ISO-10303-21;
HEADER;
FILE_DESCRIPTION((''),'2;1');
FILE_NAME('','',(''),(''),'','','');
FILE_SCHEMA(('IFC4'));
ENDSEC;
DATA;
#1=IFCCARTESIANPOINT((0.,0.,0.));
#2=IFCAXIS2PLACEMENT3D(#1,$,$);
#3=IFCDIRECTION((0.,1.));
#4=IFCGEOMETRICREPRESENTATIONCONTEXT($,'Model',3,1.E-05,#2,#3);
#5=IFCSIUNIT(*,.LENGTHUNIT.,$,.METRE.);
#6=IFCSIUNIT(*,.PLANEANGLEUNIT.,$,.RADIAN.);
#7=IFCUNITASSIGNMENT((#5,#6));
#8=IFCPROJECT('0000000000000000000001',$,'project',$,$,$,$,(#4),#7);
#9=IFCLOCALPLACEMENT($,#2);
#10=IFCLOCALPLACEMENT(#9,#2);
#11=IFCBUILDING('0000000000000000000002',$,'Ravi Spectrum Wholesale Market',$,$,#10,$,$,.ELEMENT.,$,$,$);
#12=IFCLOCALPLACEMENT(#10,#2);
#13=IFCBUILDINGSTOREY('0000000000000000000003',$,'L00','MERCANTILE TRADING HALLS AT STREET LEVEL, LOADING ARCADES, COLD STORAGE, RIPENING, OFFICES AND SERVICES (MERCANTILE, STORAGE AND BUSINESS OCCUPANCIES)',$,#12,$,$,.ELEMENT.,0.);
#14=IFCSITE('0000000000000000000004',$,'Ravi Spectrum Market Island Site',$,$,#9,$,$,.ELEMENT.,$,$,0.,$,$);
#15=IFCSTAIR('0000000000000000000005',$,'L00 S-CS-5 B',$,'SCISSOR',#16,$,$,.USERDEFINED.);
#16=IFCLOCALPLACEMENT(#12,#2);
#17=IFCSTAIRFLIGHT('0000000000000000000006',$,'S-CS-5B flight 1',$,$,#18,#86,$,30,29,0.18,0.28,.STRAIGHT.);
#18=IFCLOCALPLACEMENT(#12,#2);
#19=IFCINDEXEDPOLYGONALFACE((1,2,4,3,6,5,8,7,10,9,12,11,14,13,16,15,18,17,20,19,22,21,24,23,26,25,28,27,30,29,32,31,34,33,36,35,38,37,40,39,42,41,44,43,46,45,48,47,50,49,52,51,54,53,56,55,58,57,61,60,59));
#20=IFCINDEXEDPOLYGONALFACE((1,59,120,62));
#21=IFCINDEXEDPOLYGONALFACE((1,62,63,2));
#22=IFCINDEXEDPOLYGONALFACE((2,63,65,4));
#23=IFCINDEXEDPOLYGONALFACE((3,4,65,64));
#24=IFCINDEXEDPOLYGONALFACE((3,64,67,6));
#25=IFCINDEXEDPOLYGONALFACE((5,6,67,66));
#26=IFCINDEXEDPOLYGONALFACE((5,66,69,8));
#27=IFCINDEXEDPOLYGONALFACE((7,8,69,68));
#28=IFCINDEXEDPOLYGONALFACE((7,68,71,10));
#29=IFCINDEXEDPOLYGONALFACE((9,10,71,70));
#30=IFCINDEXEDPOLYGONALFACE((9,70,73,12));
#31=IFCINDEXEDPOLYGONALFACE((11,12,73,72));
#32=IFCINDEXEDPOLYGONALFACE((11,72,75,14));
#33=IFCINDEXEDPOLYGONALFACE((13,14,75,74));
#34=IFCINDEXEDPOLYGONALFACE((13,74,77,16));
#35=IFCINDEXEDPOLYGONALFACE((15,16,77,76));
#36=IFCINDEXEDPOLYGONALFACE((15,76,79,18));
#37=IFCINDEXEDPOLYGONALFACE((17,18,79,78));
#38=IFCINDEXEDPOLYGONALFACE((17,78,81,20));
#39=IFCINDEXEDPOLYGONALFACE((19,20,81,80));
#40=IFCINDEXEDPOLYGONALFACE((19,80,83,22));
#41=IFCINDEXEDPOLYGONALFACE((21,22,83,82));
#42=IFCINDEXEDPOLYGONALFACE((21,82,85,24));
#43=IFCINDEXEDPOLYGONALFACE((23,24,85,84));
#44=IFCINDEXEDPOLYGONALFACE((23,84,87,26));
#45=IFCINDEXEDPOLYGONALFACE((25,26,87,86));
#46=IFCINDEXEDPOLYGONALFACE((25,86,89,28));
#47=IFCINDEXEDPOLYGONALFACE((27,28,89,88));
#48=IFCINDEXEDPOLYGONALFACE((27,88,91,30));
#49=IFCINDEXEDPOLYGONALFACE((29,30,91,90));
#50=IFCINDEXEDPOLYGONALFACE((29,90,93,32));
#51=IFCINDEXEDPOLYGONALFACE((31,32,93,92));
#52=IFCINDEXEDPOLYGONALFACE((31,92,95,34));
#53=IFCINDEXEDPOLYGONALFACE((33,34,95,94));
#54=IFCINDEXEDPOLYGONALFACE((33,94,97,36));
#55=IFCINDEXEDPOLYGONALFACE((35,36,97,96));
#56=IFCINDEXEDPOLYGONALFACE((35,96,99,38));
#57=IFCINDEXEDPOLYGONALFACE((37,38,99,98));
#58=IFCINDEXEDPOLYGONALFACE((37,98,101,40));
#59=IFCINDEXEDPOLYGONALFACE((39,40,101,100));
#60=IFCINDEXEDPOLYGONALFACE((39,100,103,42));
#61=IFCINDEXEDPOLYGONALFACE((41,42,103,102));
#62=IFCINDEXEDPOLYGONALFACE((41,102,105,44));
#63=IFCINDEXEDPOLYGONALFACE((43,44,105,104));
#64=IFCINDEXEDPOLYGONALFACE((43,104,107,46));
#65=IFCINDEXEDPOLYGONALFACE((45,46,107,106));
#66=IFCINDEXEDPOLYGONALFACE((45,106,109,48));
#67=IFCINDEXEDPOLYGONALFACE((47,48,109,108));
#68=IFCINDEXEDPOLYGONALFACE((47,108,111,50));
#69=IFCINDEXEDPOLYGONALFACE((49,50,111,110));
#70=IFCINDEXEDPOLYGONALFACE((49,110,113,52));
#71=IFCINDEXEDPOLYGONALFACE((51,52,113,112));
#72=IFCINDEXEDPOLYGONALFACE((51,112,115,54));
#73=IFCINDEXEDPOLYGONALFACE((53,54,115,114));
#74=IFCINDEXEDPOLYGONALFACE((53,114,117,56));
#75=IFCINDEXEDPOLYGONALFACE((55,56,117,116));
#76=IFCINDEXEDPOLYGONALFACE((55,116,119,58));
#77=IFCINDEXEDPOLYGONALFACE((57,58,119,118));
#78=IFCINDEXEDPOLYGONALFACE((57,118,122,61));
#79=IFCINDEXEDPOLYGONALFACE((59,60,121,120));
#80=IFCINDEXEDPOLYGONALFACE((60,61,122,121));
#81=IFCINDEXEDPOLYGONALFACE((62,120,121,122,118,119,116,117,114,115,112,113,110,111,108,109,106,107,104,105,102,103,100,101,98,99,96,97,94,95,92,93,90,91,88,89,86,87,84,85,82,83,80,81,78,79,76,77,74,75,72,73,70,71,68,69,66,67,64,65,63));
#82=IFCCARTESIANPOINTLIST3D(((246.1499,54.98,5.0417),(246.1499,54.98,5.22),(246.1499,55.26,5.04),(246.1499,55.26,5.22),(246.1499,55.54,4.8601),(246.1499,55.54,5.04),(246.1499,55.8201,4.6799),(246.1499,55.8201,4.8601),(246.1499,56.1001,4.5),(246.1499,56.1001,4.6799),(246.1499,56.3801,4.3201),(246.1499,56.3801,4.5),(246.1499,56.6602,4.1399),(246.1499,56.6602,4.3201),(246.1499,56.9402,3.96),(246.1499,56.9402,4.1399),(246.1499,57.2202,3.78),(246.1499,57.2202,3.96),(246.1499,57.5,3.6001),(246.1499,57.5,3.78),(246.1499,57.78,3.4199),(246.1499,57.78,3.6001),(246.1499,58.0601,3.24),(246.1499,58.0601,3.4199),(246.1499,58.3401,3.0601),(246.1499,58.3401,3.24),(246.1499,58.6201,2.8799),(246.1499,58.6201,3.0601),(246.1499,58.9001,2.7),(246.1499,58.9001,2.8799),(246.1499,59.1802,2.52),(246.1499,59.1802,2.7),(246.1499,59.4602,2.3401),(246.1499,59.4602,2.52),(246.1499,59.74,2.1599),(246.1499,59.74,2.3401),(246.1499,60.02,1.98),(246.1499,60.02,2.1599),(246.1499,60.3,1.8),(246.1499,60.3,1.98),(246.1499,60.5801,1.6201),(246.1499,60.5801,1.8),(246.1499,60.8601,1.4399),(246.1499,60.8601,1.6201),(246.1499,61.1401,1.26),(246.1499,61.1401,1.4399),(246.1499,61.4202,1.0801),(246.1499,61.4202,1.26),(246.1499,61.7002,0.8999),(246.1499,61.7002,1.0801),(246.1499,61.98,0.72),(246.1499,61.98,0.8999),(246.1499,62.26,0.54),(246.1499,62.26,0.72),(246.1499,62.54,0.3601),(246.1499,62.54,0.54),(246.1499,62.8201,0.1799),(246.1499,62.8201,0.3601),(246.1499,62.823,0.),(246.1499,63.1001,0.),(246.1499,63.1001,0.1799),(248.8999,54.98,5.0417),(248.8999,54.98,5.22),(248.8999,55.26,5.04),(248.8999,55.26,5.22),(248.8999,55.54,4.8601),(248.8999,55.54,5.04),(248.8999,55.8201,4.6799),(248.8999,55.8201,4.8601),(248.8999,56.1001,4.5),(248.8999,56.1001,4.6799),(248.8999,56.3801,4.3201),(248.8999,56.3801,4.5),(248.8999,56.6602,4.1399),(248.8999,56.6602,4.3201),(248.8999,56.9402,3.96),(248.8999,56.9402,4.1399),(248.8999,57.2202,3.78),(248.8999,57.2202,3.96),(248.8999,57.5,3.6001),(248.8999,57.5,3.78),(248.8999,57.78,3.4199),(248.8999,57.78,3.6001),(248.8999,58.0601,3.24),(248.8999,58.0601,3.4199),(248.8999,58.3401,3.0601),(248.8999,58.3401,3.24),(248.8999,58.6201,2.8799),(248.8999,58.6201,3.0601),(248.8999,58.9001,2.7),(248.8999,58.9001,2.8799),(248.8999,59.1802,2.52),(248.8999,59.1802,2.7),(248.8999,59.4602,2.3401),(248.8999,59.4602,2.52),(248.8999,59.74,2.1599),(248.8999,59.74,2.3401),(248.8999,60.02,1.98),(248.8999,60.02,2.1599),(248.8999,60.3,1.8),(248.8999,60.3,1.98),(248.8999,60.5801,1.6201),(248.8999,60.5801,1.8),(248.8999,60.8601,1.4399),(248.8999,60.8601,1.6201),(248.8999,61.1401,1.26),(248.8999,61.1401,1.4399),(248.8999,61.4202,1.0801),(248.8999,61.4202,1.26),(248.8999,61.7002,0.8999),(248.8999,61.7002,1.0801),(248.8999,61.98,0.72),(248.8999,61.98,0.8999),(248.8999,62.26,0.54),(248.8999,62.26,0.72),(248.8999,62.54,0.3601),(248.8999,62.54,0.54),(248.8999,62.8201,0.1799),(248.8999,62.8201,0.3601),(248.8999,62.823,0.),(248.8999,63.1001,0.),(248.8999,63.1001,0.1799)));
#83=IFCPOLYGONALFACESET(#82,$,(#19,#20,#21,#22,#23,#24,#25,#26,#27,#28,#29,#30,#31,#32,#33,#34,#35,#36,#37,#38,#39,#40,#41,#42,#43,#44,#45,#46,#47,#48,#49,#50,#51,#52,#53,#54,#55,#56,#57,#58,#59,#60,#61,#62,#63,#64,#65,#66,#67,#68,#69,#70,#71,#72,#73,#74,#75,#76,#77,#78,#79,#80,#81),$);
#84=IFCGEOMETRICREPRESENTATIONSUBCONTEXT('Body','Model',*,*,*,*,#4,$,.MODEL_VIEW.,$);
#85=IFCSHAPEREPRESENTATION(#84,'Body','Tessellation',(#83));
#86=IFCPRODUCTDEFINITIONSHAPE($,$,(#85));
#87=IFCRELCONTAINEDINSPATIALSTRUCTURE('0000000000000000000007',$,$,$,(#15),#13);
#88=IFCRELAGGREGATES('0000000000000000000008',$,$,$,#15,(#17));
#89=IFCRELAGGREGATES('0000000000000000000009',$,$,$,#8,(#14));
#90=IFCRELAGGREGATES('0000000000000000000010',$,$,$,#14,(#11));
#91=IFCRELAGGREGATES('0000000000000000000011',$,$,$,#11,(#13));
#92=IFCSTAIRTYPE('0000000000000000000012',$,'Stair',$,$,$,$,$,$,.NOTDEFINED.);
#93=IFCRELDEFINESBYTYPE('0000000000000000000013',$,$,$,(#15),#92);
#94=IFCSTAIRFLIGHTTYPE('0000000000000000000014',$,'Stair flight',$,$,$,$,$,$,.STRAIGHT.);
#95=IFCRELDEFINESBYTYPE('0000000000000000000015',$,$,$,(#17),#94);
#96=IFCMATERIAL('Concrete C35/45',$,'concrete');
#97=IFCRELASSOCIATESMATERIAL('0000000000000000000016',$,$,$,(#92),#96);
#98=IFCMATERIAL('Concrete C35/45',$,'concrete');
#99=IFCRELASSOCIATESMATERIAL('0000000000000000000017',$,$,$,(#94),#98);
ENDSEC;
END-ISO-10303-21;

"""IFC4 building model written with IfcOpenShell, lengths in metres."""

from ifc_helpers import new_model, si_unit, direction, frame, origin, place, context, subcontext, project, spatial, polyline, outline, extrude, material, type_object, element, aggregate, save


model = new_model("IFC4")

# Units and contexts
model_context = context("Model", 3, precision=1e-05, world=origin(), true_north=direction((0.0, 1.0)))
body_context = subcontext(model_context, "Body", "Model", "MODEL_VIEW")
ifc_project = project(units=[si_unit("LENGTHUNIT", "METRE"), si_unit("PLANEANGLEUNIT", "RADIAN")], contexts=[model_context])

# Site, building, storey
site_placement = place(None, origin())
site = spatial("IfcSite", under=ifc_project, at=site_placement, Name="Ravi Spectrum Market Island Site", CompositionType="ELEMENT", RefElevation=0.0)
building_placement = place(site_placement, origin())
building = spatial("IfcBuilding", under=site, at=building_placement, Name="Ravi Spectrum Wholesale Market", CompositionType="ELEMENT")
storey_placement = place(building_placement, origin())
storey = spatial("IfcBuildingStorey", under=building, at=storey_placement, Name="L00", Description="MERCANTILE TRADING HALLS AT STREET LEVEL, LOADING ARCADES, COLD STORAGE, RIPENING, OFFICES AND SERVICES (MERCANTILE, STORAGE AND BUSINESS OCCUPANCIES)", CompositionType="ELEMENT", Elevation=0.0)

# Stair, stair flight
ifc_material_1 = material(Name="Concrete C35/45", Category="concrete")
stair_type = type_object("IfcStairType", Name="Stair", PredefinedType="NOTDEFINED", material=ifc_material_1)
ifc_material_2 = material(Name="Concrete C35/45", Category="concrete")
stair_flight_type = type_object("IfcStairFlightType", Name="Stair flight", PredefinedType="STRAIGHT", material=ifc_material_2)
stair_1_placement = place(storey_placement, origin())
stair_1 = element("IfcStair", 1, at=stair_1_placement, inside=storey, type_object=stair_type, Name="L00 S-CS-5 B", ObjectType="SCISSOR", PredefinedType="USERDEFINED")
stair_flight_1_placement = place(storey_placement, frame((247.5249, 63.1001, 0.0), z_axis=(0.0, 0.0, 1.0), x_axis=(0.0, -1.0, 0.0)))
stair_flight_1 = element("IfcStairFlight", 2, at=stair_flight_1_placement, type_object=stair_flight_type, Name="S-CS-5B flight 1", NumberOfRisers=30, NumberOfTreads=29, PredefinedType="STRAIGHT", RiserHeight=0.18, TreadLength=0.28, context=body_context, shape_type="SweptSolid", body=[
    extrude(outline(polyline([(0.0, 0.0), (0.0, 0.1799), (0.28, 0.1799), (0.28, 0.3601), (0.5601, 0.3601), (0.5601, 0.54), (0.8401, 0.54), (0.8401, 0.72), (1.1201, 0.72), (1.1201, 0.8999), (1.3999, 0.8999), (1.3999, 1.0801), (1.6799, 1.0801), (1.6799, 1.26), (1.96, 1.26), (1.96, 1.4399), (2.24, 1.4399), (2.24, 1.6201), (2.52, 1.6201), (2.52, 1.8), (2.8, 1.8), (2.8, 1.98), (3.0801, 1.98), (3.0801, 2.1599), (3.3601, 2.1599), (3.3601, 2.3401), (3.6399, 2.3401), (3.6399, 2.52), (3.9199, 2.52), (3.9199, 2.7), (4.2, 2.7), (4.2, 2.8799), (4.48, 2.8799), (4.48, 3.0601), (4.76, 3.0601), (4.76, 3.24), (5.04, 3.24), (5.04, 3.4199), (5.3201, 3.4199), (5.3201, 3.6001), (5.6001, 3.6001), (5.6001, 3.78), (5.8799, 3.78), (5.8799, 3.96), (6.1599, 3.96), (6.1599, 4.1399), (6.4399, 4.1399), (6.4399, 4.3201), (6.72, 4.3201), (6.72, 4.5), (7.0, 4.5), (7.0, 4.6799), (7.28, 4.6799), (7.28, 4.8601), (7.5601, 4.8601), (7.5601, 5.04), (7.8401, 5.04), (7.8401, 5.22), (8.1201, 5.22), (8.1201, 5.3999), (8.1201, 5.0417), (0.2771, 0.0), (0.0, 0.0)])), frame((0.0, 1.375, 0.0), z_axis=(0.0, -1.0, 0.0), x_axis=(1.0, 0.0, 0.0)), (0.0, 0.0, 1.0), 2.75),
])
aggregate(stair_1, [stair_flight_1])

save(model, "model.ifc")
